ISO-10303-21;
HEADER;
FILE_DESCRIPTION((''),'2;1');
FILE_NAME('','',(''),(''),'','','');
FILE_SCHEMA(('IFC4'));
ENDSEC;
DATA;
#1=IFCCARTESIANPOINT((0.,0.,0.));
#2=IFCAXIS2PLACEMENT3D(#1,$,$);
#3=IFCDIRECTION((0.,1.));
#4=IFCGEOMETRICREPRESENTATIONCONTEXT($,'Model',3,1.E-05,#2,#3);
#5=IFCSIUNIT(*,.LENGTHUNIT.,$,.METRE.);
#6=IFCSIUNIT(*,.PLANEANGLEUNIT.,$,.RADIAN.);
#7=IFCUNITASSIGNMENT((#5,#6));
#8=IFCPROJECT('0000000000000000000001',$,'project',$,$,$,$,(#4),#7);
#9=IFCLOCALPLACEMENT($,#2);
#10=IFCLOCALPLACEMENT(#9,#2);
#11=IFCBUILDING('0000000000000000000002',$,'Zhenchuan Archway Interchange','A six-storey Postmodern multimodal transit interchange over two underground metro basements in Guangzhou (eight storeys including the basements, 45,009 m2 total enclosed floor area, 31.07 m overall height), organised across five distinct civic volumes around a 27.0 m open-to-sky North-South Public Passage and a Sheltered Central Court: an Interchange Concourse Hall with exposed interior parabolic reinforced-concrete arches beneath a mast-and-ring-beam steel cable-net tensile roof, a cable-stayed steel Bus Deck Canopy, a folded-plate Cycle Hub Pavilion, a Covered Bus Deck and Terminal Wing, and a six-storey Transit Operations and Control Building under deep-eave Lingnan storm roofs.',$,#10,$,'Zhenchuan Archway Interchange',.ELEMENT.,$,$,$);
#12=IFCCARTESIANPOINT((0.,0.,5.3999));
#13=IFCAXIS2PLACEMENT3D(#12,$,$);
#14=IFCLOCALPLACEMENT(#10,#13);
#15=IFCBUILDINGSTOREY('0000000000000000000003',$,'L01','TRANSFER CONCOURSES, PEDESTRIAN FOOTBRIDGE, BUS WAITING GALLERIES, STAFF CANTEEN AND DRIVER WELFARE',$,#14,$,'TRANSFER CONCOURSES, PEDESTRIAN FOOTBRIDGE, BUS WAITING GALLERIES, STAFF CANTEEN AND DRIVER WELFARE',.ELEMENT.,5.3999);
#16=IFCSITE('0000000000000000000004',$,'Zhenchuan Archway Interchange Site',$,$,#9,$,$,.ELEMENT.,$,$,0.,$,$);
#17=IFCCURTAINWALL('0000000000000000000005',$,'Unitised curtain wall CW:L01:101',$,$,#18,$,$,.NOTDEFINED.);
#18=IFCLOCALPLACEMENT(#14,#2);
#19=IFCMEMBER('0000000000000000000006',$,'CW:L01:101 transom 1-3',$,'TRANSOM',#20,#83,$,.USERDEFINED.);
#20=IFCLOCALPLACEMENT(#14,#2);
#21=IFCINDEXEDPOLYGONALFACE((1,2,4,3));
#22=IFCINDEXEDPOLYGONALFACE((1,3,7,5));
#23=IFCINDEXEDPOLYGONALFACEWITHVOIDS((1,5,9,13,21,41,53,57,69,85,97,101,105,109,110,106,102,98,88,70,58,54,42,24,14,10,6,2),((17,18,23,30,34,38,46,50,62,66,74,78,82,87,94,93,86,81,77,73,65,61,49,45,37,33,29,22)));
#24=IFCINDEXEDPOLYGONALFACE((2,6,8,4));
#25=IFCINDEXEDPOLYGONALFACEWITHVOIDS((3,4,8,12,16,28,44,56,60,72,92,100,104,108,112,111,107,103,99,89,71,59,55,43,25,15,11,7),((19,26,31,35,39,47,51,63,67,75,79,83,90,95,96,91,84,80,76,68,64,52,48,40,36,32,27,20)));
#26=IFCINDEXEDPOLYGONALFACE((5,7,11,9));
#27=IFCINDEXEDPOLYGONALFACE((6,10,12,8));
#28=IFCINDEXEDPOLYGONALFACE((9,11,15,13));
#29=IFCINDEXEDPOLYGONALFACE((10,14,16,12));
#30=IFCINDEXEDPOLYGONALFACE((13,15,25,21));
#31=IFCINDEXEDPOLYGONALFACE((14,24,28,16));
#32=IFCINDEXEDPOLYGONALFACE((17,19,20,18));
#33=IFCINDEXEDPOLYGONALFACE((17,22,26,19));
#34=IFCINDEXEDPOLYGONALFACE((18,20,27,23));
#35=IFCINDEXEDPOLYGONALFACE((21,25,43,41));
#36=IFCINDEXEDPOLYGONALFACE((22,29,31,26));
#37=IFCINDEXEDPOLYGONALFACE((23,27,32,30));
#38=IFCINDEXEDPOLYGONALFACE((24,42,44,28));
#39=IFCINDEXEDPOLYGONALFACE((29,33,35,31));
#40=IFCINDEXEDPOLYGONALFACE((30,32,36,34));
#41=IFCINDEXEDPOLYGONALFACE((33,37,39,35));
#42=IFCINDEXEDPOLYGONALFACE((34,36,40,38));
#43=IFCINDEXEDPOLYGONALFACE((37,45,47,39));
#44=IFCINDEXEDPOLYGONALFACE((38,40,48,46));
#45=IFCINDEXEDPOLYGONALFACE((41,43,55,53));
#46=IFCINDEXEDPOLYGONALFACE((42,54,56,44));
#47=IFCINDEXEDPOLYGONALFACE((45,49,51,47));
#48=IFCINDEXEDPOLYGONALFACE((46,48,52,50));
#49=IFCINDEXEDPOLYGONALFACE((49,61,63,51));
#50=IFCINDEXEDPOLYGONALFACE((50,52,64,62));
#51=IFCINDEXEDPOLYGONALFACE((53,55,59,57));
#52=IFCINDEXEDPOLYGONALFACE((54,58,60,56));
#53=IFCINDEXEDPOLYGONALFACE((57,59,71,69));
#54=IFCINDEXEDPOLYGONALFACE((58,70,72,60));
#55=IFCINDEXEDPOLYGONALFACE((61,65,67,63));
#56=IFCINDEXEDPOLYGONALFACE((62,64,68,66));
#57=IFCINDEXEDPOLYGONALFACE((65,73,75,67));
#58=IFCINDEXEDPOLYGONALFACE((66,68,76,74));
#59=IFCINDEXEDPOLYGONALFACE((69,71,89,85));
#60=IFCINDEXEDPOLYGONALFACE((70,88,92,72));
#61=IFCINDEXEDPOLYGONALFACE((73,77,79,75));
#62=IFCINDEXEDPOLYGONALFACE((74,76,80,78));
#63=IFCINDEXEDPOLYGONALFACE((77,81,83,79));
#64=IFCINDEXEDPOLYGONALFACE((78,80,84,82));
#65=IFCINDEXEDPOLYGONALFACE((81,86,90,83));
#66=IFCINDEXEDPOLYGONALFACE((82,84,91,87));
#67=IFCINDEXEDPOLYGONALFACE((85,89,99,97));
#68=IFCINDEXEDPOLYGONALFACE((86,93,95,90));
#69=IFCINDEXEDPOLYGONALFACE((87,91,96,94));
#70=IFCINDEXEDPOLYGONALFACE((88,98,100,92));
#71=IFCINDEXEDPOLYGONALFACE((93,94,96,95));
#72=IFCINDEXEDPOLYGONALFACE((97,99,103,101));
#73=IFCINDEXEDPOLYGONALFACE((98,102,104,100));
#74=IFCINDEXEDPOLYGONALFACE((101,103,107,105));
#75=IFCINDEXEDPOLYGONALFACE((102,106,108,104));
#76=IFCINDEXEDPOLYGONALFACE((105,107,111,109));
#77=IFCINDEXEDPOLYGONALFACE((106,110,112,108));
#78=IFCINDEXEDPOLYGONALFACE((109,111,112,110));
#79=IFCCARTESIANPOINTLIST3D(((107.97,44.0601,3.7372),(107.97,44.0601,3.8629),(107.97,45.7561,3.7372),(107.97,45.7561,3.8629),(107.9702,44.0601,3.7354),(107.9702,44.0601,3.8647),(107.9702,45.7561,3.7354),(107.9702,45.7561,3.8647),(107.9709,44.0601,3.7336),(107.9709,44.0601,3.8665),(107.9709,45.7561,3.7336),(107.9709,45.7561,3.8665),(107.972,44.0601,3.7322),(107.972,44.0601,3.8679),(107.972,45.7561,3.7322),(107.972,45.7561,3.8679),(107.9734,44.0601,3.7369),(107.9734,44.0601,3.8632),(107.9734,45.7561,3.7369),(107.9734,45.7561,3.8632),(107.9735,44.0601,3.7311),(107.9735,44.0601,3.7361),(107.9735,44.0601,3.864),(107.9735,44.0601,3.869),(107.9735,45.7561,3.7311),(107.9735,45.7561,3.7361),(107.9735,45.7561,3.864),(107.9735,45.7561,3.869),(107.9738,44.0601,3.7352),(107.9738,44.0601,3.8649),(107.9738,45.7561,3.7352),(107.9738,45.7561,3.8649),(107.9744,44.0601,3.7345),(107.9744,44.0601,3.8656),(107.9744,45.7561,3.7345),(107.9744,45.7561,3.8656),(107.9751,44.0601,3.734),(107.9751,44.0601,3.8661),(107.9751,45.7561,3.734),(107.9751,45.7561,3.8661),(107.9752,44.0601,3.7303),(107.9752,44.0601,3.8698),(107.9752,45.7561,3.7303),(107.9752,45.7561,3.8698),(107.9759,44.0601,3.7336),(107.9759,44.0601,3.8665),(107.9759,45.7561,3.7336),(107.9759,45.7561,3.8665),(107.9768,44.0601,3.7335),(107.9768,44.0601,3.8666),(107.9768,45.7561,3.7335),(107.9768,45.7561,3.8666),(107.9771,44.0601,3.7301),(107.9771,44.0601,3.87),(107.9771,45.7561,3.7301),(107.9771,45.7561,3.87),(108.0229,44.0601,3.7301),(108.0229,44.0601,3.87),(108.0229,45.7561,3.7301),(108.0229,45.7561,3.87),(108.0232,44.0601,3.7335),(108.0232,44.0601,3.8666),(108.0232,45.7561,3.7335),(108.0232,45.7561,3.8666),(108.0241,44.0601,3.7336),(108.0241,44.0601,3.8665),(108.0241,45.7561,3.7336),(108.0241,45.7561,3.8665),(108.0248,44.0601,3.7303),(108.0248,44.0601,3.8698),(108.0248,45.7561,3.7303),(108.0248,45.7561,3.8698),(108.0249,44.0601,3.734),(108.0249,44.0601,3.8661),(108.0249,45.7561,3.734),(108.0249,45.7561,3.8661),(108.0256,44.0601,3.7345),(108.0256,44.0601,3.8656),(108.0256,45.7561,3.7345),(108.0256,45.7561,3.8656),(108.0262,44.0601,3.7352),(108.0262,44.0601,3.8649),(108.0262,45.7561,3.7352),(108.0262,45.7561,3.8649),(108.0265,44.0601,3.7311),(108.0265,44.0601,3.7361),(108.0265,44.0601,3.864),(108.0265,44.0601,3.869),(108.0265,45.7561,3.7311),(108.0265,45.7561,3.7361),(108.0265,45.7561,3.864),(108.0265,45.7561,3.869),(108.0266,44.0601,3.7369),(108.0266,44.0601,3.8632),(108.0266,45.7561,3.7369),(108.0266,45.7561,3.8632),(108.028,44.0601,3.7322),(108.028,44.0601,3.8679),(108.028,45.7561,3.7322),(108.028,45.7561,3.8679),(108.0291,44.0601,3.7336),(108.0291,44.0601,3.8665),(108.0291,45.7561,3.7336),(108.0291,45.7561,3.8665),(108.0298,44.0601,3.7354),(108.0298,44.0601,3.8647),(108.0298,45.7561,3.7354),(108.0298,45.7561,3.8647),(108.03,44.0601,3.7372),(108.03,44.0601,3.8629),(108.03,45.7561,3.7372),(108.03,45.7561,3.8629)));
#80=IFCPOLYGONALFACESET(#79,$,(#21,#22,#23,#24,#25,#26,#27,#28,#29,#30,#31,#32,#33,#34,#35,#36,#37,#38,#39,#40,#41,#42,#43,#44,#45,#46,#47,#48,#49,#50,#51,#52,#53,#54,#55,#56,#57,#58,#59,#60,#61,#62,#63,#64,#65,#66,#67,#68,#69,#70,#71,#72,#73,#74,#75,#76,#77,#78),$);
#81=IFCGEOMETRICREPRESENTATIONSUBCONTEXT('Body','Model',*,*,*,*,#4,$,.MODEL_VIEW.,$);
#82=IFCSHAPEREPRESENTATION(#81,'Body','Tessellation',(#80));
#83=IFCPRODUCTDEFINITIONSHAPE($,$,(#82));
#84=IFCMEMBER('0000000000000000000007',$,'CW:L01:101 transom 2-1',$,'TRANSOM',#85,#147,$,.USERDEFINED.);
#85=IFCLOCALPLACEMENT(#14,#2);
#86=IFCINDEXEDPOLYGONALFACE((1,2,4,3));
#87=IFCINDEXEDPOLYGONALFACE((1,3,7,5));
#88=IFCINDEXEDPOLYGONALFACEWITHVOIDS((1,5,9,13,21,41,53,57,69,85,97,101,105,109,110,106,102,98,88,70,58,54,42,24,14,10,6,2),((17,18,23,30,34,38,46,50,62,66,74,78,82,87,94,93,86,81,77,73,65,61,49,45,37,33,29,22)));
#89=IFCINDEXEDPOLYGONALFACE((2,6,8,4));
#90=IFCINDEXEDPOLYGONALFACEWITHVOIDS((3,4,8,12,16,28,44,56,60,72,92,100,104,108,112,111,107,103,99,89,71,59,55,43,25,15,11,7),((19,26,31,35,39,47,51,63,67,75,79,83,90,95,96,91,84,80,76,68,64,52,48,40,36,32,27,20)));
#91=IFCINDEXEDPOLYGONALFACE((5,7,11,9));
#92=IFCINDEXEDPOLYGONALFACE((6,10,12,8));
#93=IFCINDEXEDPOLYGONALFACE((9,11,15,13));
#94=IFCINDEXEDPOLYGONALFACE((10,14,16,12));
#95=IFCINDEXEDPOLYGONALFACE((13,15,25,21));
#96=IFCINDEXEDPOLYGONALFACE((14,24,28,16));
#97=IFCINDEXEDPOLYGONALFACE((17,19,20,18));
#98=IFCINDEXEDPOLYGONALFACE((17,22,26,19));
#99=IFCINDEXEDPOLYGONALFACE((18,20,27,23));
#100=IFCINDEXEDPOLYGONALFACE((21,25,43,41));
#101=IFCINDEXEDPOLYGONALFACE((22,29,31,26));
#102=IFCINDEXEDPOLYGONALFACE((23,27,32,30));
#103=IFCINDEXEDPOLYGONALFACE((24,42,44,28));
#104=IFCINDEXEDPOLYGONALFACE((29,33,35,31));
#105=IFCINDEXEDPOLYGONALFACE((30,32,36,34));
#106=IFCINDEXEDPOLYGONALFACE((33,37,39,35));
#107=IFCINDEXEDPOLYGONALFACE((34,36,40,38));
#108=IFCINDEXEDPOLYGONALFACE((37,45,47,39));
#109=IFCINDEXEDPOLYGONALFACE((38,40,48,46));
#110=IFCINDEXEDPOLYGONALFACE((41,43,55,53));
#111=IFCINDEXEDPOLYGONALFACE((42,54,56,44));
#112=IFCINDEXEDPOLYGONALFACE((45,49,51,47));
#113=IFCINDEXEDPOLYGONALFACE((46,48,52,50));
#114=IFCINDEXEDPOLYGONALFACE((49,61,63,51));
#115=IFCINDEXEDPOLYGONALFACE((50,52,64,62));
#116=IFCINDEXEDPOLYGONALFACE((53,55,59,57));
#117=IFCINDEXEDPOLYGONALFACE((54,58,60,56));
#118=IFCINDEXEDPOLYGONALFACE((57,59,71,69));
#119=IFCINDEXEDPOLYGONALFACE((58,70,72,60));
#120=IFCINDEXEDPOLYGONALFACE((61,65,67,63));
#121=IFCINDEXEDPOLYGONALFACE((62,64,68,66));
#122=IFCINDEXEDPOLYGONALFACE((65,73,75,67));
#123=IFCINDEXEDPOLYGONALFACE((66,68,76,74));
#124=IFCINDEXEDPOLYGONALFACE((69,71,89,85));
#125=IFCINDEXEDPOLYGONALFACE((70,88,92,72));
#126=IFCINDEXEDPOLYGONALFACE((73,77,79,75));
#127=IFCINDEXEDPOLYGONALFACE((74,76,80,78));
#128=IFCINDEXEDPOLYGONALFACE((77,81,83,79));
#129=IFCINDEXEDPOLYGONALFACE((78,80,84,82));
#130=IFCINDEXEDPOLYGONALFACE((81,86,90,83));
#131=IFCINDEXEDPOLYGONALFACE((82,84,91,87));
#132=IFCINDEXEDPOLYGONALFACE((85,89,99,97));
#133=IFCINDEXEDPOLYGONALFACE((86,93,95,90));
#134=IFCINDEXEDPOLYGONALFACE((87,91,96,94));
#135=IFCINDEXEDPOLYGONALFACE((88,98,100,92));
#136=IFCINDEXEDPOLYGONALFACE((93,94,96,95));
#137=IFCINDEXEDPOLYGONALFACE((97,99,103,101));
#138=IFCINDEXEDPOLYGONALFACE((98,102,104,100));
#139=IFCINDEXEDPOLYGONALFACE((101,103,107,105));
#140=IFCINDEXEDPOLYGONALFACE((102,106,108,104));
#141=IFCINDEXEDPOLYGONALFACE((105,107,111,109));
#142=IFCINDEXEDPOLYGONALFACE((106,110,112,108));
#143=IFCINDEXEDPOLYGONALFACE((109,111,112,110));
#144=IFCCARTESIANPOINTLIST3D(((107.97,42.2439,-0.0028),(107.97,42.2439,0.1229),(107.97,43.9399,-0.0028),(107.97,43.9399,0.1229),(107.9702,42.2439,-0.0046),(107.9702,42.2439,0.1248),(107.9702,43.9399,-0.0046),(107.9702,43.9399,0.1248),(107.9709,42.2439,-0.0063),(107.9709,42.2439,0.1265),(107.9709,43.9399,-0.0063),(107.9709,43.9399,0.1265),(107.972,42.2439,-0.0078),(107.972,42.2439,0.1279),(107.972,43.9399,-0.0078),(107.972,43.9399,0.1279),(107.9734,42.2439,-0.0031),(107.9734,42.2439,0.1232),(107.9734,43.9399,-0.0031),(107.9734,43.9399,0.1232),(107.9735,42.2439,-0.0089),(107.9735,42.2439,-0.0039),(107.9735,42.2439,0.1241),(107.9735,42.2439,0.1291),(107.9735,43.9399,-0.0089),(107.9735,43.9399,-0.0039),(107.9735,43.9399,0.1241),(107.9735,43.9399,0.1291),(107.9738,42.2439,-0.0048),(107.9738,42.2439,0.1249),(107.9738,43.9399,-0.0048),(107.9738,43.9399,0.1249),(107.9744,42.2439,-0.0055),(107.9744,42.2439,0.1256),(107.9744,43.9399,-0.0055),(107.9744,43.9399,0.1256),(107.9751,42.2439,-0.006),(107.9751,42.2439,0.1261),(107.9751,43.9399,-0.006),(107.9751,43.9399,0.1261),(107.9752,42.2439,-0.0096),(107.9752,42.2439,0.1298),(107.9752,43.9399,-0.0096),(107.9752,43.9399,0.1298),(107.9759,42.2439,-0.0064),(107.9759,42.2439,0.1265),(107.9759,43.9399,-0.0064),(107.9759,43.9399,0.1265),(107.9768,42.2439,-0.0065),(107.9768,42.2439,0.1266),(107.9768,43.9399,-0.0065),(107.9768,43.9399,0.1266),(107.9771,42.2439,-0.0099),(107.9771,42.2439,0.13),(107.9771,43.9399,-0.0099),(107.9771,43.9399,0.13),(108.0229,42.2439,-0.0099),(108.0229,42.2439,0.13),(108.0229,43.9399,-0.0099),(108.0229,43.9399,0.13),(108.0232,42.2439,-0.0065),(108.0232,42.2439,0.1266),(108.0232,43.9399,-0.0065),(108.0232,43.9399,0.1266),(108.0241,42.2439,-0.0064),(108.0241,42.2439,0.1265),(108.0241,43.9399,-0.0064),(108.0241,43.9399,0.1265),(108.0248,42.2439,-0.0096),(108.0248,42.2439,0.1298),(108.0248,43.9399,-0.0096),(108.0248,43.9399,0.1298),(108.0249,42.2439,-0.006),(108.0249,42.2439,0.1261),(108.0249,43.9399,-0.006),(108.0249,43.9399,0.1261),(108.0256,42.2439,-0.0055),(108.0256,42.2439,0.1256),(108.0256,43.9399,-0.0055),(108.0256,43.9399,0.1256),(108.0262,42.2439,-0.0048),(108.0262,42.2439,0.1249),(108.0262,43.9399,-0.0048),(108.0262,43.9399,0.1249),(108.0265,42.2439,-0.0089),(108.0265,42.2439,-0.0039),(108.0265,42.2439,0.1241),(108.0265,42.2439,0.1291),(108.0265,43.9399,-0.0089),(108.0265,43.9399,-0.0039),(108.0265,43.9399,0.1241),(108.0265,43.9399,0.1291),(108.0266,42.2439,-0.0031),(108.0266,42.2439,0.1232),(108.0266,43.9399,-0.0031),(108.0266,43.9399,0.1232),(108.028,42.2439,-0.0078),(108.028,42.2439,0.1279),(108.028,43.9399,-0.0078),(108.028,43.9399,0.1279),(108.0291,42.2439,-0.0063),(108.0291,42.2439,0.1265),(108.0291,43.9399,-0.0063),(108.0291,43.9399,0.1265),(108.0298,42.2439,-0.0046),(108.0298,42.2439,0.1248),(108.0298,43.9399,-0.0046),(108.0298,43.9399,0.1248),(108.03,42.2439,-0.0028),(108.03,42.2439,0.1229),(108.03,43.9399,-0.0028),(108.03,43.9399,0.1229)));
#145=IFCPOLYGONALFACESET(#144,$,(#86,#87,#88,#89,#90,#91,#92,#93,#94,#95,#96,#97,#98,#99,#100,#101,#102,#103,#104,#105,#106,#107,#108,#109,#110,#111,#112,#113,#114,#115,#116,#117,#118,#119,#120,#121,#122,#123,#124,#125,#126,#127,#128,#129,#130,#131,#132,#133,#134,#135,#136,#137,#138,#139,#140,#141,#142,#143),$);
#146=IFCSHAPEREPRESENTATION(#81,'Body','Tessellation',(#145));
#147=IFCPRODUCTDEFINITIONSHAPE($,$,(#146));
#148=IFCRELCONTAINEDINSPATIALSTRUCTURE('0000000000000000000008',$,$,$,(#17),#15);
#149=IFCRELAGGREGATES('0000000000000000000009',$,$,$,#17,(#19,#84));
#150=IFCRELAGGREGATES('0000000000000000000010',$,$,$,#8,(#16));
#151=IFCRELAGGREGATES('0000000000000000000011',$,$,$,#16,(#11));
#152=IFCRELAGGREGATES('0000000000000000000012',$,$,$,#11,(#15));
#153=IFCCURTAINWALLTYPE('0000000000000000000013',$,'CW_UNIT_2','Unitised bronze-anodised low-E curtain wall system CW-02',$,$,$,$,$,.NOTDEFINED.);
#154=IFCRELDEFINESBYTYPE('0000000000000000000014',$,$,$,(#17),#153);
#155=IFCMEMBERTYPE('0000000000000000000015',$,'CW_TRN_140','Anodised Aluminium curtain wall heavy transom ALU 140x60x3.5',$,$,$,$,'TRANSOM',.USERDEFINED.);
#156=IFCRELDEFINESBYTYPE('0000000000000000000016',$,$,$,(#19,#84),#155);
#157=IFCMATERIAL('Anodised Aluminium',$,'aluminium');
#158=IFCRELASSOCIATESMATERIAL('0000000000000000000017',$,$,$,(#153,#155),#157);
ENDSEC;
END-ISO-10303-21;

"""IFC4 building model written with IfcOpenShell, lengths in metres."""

from ifc_helpers import new_model, si_unit, direction, frame, origin, origin_2d, place, context, subcontext, project, spatial, hollow_rectangle, extrude, material, material_profile, profile_set, type_object, element, aggregate, save


model = new_model("IFC4")

# Units and contexts
model_context = context("Model", 3, precision=1e-05, world=origin(), true_north=direction((0.0, 1.0)))
body_context = subcontext(model_context, "Body", "Model", "MODEL_VIEW")
ifc_project = project(units=[si_unit("LENGTHUNIT", "METRE"), si_unit("PLANEANGLEUNIT", "RADIAN")], contexts=[model_context])

# Site, building, storey
site_placement = place(None, origin())
site = spatial("IfcSite", under=ifc_project, at=site_placement, Name="Zhenchuan Archway Interchange Site", CompositionType="ELEMENT", RefElevation=0.0)
building_placement = place(site_placement, origin())
building = spatial("IfcBuilding", under=site, at=building_placement, Name="Zhenchuan Archway Interchange", Description="A six-storey Postmodern multimodal transit interchange over two underground metro basements in Guangzhou (eight storeys including the basements, 45,009 m2 total enclosed floor area, 31.07 m overall height), organised across five distinct civic volumes around a 27.0 m open-to-sky North-South Public Passage and a Sheltered Central Court: an Interchange Concourse Hall with exposed interior parabolic reinforced-concrete arches beneath a mast-and-ring-beam steel cable-net tensile roof, a cable-stayed steel Bus Deck Canopy, a folded-plate Cycle Hub Pavilion, a Covered Bus Deck and Terminal Wing, and a six-storey Transit Operations and Control Building under deep-eave Lingnan storm roofs.", LongName="Zhenchuan Archway Interchange", CompositionType="ELEMENT")
storey_placement = place(building_placement, frame((0.0, 0.0, 5.3999)))
storey = spatial("IfcBuildingStorey", under=building, at=storey_placement, Name="L01", Description="TRANSFER CONCOURSES, PEDESTRIAN FOOTBRIDGE, BUS WAITING GALLERIES, STAFF CANTEEN AND DRIVER WELFARE", LongName="TRANSFER CONCOURSES, PEDESTRIAN FOOTBRIDGE, BUS WAITING GALLERIES, STAFF CANTEEN AND DRIVER WELFARE", CompositionType="ELEMENT", Elevation=5.3999)

# Shared definitions
ifc_material_1 = material(Name="Anodised Aluminium", Category="aluminium")

# Curtain wall
curtain_wall_type_1 = type_object("IfcCurtainWallType", Name="CW_UNIT_2", Description="Unitised bronze-anodised low-E curtain wall system CW-02", PredefinedType="NOTDEFINED", material=ifc_material_1)
curtain_wall_1_placement = place(storey_placement, origin())
curtain_wall_1 = element("IfcCurtainWall", 1, at=curtain_wall_1_placement, inside=storey, type_object=curtain_wall_type_1, Name="Unitised curtain wall CW:L01:101", PredefinedType="NOTDEFINED")

# Members
ifc_material_profile_1 = material_profile(ifc_material_1, hollow_rectangle(XDim=0.0601, YDim=0.1399, WallThickness=0.0034, InnerFilletRadius=0.0034, OuterFilletRadius=0.0071, at=origin_2d()), Name="ALU 140x60x3.5")
ifc_profile_set_1 = profile_set([ifc_material_profile_1], Name="Anodised Aluminium")
member_type_1 = type_object("IfcMemberType", Name="CW_TRN_140", Description="Anodised Aluminium curtain wall heavy transom ALU 140x60x3.5", ElementType="TRANSOM", PredefinedType="USERDEFINED", material=ifc_profile_set_1)
member_1_placement = place(storey_placement, frame((108.0, 45.7561, 3.8), z_axis=(0.0, -1.0, 0.0), x_axis=(1.0, 0.0, 0.0)))
member_1 = element("IfcMember", 2, at=member_1_placement, type_object=member_type_1, Name="CW:L01:101 transom 1-3", ObjectType="TRANSOM", PredefinedType="USERDEFINED", context=body_context, shape_type="SweptSolid", body=[
    extrude(hollow_rectangle(XDim=0.0601, YDim=0.1399, WallThickness=0.0034, InnerFilletRadius=0.0034, OuterFilletRadius=0.0071, at=origin_2d()), origin(), (0.0, 0.0, 1.0), 1.696),
])
member_2_placement = place(storey_placement, frame((108.0, 43.9399, 0.0601), z_axis=(0.0, -1.0, 0.0), x_axis=(1.0, 0.0, 0.0)))
member_2 = element("IfcMember", 3, at=member_2_placement, type_object=member_type_1, Name="CW:L01:101 transom 2-1", ObjectType="TRANSOM", PredefinedType="USERDEFINED", context=body_context, shape_type="SweptSolid", body=[
    extrude(hollow_rectangle(XDim=0.0601, YDim=0.1399, WallThickness=0.0034, InnerFilletRadius=0.0034, OuterFilletRadius=0.0071, at=origin_2d()), origin(), (0.0, 0.0, 1.0), 1.696),
])

aggregate(curtain_wall_1, [member_1, member_2])

save(model, "model.ifc")
